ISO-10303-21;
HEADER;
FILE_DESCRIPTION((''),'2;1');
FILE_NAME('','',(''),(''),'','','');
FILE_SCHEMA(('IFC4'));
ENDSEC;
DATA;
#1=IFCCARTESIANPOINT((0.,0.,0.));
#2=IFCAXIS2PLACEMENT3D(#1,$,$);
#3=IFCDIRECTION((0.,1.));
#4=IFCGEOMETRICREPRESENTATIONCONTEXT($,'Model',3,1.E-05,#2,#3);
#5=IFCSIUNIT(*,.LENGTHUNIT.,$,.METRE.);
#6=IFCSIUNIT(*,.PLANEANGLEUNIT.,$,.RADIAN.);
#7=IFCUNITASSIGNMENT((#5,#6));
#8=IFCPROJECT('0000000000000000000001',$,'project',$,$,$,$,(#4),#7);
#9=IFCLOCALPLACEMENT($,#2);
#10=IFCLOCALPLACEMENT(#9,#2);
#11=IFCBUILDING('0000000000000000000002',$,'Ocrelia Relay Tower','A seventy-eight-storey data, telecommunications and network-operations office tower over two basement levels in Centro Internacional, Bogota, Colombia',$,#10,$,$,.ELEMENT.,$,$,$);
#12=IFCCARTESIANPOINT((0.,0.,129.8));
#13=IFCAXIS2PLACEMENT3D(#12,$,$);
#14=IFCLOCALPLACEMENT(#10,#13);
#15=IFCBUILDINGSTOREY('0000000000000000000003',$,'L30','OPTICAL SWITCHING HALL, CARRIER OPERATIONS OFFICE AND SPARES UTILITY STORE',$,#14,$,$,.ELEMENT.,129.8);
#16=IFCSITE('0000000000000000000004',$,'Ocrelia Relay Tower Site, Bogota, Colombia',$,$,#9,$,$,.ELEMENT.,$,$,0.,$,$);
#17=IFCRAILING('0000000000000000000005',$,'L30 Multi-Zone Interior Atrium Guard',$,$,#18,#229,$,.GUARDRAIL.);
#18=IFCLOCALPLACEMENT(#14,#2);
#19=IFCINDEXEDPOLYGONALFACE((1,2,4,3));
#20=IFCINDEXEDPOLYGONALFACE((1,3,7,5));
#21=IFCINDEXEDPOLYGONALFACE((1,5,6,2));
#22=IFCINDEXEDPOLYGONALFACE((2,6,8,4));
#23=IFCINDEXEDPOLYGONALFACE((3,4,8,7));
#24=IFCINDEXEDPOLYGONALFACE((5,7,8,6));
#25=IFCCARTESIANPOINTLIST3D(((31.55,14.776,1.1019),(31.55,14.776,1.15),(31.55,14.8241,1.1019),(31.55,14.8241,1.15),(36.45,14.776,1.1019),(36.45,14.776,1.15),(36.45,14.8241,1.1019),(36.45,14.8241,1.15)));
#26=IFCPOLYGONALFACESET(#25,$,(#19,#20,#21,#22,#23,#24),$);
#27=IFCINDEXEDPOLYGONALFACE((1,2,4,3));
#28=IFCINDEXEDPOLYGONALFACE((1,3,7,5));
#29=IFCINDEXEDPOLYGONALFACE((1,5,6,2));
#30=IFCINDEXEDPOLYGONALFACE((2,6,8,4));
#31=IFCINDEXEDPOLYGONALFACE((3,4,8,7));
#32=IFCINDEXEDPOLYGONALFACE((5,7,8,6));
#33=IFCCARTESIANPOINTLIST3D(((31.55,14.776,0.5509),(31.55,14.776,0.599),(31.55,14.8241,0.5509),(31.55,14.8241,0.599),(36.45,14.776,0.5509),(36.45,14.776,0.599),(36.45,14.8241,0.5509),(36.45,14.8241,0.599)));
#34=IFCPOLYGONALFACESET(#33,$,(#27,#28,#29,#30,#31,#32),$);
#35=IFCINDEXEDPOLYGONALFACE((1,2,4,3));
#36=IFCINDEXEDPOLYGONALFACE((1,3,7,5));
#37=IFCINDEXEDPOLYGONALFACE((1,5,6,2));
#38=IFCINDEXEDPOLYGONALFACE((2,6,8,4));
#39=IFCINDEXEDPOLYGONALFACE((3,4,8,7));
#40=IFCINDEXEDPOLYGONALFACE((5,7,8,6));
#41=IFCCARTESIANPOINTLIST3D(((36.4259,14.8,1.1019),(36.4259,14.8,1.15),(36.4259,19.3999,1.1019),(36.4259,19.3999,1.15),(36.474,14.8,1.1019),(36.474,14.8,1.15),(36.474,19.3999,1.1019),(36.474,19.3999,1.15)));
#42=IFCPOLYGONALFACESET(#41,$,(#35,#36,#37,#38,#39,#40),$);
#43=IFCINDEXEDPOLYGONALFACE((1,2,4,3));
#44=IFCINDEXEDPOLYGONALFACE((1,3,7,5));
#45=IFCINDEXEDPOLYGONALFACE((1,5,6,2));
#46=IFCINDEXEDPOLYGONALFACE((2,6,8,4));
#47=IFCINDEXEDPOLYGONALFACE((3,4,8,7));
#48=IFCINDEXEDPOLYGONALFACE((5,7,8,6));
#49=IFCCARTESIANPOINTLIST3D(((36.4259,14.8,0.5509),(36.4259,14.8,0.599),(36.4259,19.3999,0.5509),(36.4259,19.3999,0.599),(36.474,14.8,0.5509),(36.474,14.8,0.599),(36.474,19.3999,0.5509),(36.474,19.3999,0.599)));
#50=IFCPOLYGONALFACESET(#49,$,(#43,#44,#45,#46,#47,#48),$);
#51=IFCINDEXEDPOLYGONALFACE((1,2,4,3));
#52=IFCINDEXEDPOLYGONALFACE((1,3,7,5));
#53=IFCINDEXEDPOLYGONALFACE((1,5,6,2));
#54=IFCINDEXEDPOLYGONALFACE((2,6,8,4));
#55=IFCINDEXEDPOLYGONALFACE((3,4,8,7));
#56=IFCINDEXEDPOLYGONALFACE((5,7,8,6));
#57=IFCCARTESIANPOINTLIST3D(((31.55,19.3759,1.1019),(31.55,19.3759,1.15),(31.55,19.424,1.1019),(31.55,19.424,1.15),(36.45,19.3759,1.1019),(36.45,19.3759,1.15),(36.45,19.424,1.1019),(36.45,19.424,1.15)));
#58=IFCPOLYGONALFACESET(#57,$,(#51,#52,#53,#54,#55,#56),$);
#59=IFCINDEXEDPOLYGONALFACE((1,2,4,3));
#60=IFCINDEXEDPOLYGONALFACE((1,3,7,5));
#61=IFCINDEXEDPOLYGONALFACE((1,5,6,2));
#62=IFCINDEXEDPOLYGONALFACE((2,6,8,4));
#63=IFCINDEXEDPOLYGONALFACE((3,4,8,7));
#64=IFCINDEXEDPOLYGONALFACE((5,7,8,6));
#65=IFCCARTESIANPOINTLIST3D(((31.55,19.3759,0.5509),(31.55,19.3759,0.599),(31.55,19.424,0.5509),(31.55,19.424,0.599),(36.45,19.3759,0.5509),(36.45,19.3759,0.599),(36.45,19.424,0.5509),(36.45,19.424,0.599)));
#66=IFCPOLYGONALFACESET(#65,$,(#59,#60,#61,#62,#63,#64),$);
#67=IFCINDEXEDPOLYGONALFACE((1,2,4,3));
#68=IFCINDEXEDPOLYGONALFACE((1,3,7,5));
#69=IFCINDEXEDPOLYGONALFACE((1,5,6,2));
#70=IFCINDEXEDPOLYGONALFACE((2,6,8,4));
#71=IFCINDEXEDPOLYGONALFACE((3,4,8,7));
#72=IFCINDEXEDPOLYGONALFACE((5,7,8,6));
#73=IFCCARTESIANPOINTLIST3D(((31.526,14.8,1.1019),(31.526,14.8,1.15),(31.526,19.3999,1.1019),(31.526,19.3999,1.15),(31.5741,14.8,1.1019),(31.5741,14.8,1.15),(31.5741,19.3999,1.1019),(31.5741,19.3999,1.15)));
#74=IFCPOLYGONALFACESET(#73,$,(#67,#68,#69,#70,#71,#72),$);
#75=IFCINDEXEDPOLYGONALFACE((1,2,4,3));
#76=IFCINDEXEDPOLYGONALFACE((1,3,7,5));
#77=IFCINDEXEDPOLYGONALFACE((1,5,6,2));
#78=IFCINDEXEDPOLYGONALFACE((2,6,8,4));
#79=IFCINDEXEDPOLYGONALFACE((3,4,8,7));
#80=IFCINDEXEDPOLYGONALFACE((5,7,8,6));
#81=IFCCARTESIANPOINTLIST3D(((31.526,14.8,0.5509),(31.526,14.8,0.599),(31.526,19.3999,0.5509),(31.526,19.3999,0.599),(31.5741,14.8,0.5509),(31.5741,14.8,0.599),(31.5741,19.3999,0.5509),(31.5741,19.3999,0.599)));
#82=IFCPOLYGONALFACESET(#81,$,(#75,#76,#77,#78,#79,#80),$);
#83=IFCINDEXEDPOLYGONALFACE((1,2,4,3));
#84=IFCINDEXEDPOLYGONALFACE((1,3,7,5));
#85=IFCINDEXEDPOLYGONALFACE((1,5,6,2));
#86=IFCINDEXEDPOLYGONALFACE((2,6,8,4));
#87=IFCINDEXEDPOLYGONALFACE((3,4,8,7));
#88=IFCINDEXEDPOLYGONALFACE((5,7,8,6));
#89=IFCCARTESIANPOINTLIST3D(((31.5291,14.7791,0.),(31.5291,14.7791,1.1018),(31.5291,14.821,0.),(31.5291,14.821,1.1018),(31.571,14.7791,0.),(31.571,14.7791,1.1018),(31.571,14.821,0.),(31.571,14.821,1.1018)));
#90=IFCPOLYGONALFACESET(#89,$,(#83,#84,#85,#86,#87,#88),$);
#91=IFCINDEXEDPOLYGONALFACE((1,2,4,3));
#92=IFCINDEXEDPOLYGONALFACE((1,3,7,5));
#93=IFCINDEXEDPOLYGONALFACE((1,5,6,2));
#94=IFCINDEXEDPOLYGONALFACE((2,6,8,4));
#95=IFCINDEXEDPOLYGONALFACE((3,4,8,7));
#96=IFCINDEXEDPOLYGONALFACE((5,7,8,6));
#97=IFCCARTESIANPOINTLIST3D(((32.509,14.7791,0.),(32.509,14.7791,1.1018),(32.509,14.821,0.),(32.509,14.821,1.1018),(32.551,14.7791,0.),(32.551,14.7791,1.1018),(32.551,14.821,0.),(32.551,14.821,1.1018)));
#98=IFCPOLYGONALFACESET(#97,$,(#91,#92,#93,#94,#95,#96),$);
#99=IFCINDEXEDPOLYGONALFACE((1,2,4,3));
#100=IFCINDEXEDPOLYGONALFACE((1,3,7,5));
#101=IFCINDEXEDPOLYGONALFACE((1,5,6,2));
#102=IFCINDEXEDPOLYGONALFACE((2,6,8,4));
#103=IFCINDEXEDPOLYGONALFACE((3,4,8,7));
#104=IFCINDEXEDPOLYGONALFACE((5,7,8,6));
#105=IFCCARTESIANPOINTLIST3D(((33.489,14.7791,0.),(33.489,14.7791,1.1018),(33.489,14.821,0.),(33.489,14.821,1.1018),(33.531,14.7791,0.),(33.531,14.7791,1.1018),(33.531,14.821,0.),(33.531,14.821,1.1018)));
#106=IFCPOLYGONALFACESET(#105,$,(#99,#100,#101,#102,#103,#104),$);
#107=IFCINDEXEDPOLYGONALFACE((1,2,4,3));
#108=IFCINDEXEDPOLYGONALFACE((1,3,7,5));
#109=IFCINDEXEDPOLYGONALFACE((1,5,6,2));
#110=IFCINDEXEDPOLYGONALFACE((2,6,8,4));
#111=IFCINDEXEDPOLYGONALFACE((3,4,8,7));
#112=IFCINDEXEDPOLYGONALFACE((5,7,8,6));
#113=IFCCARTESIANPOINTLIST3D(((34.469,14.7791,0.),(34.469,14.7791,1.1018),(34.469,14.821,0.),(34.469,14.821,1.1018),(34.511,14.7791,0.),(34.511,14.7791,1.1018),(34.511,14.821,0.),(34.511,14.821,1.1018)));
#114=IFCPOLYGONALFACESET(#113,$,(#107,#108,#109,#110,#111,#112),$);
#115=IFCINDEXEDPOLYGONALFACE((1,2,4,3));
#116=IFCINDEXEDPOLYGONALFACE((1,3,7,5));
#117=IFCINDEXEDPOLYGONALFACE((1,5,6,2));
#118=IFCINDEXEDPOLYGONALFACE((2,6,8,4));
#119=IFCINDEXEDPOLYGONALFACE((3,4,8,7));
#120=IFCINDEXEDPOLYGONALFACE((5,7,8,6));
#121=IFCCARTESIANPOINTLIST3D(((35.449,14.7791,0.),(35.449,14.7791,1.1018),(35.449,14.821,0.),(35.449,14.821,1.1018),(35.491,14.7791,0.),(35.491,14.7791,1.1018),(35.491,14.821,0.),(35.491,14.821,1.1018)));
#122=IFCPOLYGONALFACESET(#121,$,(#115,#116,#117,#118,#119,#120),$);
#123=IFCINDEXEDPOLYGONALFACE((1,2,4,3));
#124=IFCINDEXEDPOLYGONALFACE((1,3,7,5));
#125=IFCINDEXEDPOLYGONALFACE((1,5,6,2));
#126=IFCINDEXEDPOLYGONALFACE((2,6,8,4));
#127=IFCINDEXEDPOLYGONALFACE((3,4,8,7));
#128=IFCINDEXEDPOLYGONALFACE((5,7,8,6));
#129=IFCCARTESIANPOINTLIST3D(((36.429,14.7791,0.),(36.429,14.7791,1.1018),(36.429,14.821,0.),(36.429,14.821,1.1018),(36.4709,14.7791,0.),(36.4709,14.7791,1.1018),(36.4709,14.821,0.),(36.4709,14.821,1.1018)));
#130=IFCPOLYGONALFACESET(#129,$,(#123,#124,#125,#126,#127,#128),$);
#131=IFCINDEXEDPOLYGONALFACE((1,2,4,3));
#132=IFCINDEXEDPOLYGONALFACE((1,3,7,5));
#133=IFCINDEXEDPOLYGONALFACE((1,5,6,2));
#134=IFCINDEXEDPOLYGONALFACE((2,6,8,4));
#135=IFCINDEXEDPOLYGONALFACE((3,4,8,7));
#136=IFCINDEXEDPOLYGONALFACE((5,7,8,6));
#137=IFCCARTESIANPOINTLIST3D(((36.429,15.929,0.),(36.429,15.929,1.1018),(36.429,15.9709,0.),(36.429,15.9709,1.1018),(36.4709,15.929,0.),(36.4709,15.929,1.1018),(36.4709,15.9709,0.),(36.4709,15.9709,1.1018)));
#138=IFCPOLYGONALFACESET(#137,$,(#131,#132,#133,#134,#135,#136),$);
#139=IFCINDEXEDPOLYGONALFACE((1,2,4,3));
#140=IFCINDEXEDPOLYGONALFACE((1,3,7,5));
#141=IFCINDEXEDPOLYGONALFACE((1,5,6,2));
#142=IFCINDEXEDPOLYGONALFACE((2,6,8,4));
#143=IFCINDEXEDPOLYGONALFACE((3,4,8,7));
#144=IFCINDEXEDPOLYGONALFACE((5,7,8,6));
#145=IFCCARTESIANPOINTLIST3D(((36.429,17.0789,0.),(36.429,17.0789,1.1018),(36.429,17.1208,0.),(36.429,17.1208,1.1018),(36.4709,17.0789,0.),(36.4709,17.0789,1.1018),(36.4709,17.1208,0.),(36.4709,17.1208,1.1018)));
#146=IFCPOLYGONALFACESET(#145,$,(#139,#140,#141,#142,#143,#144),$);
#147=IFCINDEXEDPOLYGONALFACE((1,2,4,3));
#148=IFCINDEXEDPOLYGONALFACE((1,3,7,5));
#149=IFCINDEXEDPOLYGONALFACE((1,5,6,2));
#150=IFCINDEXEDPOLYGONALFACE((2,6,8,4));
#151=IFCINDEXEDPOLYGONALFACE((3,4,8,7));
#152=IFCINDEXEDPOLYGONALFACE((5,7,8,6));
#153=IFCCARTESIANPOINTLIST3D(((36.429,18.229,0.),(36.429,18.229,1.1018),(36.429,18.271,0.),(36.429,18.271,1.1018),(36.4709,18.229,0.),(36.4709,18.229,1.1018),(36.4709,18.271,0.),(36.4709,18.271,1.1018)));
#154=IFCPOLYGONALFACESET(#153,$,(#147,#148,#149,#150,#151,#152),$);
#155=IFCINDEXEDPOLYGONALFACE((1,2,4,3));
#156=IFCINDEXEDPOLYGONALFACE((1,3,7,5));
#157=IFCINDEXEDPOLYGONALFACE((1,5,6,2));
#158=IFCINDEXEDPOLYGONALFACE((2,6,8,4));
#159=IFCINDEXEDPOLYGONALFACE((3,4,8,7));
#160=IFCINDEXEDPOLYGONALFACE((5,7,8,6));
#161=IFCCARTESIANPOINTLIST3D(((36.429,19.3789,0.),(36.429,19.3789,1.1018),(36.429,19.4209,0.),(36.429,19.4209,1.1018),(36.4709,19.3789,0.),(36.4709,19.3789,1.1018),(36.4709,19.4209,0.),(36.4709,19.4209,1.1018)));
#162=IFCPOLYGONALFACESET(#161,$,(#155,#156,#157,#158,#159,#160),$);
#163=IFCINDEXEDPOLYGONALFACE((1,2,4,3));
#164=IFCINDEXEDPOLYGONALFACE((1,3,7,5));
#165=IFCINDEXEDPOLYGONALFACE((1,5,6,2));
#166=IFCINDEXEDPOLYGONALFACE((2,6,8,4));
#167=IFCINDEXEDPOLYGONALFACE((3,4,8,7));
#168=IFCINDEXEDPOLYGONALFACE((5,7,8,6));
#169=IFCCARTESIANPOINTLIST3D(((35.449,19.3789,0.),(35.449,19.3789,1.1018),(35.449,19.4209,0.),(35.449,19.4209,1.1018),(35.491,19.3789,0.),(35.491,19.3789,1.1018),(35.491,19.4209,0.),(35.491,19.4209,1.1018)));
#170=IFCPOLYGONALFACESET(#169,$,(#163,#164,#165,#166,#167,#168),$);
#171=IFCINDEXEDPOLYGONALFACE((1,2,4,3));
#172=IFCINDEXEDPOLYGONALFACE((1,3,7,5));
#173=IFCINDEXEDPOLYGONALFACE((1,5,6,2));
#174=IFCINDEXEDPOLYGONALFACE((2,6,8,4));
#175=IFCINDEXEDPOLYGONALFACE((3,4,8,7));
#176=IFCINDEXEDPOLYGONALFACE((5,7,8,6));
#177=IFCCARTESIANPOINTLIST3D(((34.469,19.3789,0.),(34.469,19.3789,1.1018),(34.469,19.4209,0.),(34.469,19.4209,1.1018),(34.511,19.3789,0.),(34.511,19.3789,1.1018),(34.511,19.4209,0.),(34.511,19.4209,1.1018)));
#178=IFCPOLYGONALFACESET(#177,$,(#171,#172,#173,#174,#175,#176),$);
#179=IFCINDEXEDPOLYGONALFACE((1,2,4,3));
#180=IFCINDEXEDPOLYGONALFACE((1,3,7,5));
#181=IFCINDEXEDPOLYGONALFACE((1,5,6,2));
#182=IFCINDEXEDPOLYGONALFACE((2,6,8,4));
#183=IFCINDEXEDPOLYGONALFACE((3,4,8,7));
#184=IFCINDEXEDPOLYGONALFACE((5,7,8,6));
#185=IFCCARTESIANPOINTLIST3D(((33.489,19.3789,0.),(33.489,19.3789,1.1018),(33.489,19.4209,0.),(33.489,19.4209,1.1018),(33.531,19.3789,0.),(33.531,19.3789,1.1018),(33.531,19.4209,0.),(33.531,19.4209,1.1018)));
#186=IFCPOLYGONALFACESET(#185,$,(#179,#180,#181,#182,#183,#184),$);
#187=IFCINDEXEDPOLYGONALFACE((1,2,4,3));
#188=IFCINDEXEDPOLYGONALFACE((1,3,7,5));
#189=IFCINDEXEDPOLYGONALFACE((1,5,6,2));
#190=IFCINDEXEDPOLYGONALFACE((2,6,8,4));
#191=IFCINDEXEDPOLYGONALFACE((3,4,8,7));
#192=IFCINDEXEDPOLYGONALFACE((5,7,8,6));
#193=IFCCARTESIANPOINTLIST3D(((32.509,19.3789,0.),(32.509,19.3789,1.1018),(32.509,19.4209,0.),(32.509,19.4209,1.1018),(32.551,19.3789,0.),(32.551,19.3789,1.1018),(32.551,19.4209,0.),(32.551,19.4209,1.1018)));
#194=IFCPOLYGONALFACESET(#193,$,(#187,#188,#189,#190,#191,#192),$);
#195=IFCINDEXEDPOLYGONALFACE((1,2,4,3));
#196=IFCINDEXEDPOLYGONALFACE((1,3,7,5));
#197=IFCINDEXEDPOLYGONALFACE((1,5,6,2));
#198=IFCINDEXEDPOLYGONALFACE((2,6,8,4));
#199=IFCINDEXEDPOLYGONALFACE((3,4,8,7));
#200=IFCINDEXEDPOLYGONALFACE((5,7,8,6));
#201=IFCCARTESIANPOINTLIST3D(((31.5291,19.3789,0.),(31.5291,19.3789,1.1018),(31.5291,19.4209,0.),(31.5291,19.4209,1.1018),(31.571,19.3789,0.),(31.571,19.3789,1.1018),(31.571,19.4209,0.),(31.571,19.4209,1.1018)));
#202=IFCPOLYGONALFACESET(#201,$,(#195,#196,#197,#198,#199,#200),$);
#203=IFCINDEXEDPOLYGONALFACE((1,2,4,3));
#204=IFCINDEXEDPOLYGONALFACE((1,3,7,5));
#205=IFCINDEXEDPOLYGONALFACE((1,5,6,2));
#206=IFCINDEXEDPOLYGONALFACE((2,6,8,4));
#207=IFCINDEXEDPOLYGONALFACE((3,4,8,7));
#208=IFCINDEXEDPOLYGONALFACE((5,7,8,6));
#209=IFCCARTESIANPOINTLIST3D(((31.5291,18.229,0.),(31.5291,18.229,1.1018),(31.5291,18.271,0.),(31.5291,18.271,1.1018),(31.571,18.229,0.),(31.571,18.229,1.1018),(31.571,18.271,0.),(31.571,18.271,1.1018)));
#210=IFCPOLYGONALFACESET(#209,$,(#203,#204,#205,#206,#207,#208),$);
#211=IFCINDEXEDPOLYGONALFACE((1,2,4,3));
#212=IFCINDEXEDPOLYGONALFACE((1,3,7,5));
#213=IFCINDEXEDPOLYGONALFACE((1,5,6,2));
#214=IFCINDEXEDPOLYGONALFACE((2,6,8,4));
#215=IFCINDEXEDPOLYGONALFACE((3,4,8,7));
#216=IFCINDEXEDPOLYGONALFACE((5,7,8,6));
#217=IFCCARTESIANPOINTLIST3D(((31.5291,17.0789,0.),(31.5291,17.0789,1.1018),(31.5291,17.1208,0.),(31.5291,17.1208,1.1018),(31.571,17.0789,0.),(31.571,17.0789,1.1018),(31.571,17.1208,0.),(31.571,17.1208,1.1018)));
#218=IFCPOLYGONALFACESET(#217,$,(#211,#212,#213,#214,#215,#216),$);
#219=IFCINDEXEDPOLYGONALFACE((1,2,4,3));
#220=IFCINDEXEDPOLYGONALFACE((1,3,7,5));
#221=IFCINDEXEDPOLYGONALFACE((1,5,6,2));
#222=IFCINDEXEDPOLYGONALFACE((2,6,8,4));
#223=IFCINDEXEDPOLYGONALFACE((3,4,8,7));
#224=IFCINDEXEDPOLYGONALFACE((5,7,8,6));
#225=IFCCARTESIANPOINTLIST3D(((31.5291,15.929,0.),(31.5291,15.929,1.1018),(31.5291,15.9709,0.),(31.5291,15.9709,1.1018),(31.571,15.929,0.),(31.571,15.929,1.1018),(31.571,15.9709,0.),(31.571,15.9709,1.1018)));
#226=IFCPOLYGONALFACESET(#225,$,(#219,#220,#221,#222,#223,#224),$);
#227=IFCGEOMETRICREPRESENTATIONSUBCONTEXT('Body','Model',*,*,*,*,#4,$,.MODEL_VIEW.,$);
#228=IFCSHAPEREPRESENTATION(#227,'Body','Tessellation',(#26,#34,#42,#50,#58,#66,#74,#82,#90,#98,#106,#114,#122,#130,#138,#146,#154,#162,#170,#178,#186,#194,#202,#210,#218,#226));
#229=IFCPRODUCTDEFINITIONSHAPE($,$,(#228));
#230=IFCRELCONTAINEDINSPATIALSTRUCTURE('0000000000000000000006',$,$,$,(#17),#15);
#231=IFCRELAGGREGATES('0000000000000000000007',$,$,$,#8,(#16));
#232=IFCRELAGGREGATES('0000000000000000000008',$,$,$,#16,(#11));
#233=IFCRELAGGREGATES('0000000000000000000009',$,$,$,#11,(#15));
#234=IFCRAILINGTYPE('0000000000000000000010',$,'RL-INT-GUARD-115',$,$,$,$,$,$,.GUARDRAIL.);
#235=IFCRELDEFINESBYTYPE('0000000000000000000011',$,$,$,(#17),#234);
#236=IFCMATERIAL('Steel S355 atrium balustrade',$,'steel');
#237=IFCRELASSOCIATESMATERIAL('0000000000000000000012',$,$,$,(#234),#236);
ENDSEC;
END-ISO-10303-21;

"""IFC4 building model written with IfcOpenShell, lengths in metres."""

from ifc_helpers import new_model, si_unit, direction, frame, origin, origin_2d, place, context, subcontext, project, spatial, rectangle, extrude, material, type_object, element, save


model = new_model("IFC4")

# Units and contexts
model_context = context("Model", 3, precision=1e-05, world=origin(), true_north=direction((0.0, 1.0)))
body_context = subcontext(model_context, "Body", "Model", "MODEL_VIEW")
ifc_project = project(units=[si_unit("LENGTHUNIT", "METRE"), si_unit("PLANEANGLEUNIT", "RADIAN")], contexts=[model_context])

# Site, building, storey
site_placement = place(None, origin())
site = spatial("IfcSite", under=ifc_project, at=site_placement, Name="Ocrelia Relay Tower Site, Bogota, Colombia", CompositionType="ELEMENT", RefElevation=0.0)
building_placement = place(site_placement, origin())
building = spatial("IfcBuilding", under=site, at=building_placement, Name="Ocrelia Relay Tower", Description="A seventy-eight-storey data, telecommunications and network-operations office tower over two basement levels in Centro Internacional, Bogota, Colombia", CompositionType="ELEMENT")
storey_placement = place(building_placement, frame((0.0, 0.0, 129.8)))
storey = spatial("IfcBuildingStorey", under=building, at=storey_placement, Name="L30", Description="OPTICAL SWITCHING HALL, CARRIER OPERATIONS OFFICE AND SPARES UTILITY STORE", CompositionType="ELEMENT", Elevation=129.8)

# Railing
ifc_material_1 = material(Name="Steel S355 atrium balustrade", Category="steel")
railing_type_1 = type_object("IfcRailingType", Name="RL-INT-GUARD-115", PredefinedType="GUARDRAIL", material=ifc_material_1)
railing_1_placement = place(storey_placement, frame((31.55, 14.8, 0.0)))
element("IfcRailing", 1, at=railing_1_placement, inside=storey, type_object=railing_type_1, Name="L30 Multi-Zone Interior Atrium Guard", PredefinedType="GUARDRAIL", context=body_context, shape_type="SweptSolid", body=[
    extrude(rectangle(XDim=0.0481, YDim=0.0481, at=origin_2d()), frame((0.0, 0.0, 1.126), z_axis=(1.0, 0.0, 0.0), x_axis=(0.0, 1.0, 0.0)), (0.0, 0.0, 1.0), 4.8999),
    extrude(rectangle(XDim=0.0481, YDim=0.0481, at=origin_2d()), frame((0.0, 0.0, 0.575), z_axis=(1.0, 0.0, 0.0), x_axis=(0.0, 1.0, 0.0)), (0.0, 0.0, 1.0), 4.8999),
    extrude(rectangle(XDim=0.0481, YDim=0.0481, at=origin_2d()), frame((4.8999, 0.0, 1.126), z_axis=(0.0, 1.0, 0.0), x_axis=(-1.0, 0.0, 0.0)), (0.0, 0.0, 1.0), 4.5999),
    extrude(rectangle(XDim=0.0481, YDim=0.0481, at=origin_2d()), frame((4.8999, 0.0, 0.575), z_axis=(0.0, 1.0, 0.0), x_axis=(-1.0, 0.0, 0.0)), (0.0, 0.0, 1.0), 4.5999),
    extrude(rectangle(XDim=0.0481, YDim=0.0481, at=origin_2d()), frame((4.8999, 4.5999, 1.126), z_axis=(-1.0, 0.0, 0.0), x_axis=(0.0, -1.0, 0.0)), (0.0, 0.0, 1.0), 4.8999),
    extrude(rectangle(XDim=0.0481, YDim=0.0481, at=origin_2d()), frame((4.8999, 4.5999, 0.575), z_axis=(-1.0, 0.0, 0.0), x_axis=(0.0, -1.0, 0.0)), (0.0, 0.0, 1.0), 4.8999),
    extrude(rectangle(XDim=0.0481, YDim=0.0481, at=origin_2d()), frame((0.0, 4.5999, 1.126), z_axis=(0.0, -1.0, 0.0), x_axis=(1.0, 0.0, 0.0)), (0.0, 0.0, 1.0), 4.5999),
    extrude(rectangle(XDim=0.0481, YDim=0.0481, at=origin_2d()), frame((0.0, 4.5999, 0.575), z_axis=(0.0, -1.0, 0.0), x_axis=(1.0, 0.0, 0.0)), (0.0, 0.0, 1.0), 4.5999),
    extrude(rectangle(XDim=0.042, YDim=0.042, at=origin_2d()), origin(), (0.0, 0.0, 1.0), 1.1018),
    extrude(rectangle(XDim=0.042, YDim=0.042, at=origin_2d()), frame((0.98, 0.0, 0.0)), (0.0, 0.0, 1.0), 1.1018),
    extrude(rectangle(XDim=0.042, YDim=0.042, at=origin_2d()), frame((1.96, 0.0, 0.0)), (0.0, 0.0, 1.0), 1.1018),
    extrude(rectangle(XDim=0.042, YDim=0.042, at=origin_2d()), frame((2.9399, 0.0, 0.0)), (0.0, 0.0, 1.0), 1.1018),
    extrude(rectangle(XDim=0.042, YDim=0.042, at=origin_2d()), frame((3.9199, 0.0, 0.0)), (0.0, 0.0, 1.0), 1.1018),
    extrude(rectangle(XDim=0.042, YDim=0.042, at=origin_2d()), frame((4.8999, 0.0, 0.0)), (0.0, 0.0, 1.0), 1.1018),
    extrude(rectangle(XDim=0.042, YDim=0.042, at=origin_2d()), frame((4.8999, 1.1499, 0.0)), (0.0, 0.0, 1.0), 1.1018),
    extrude(rectangle(XDim=0.042, YDim=0.042, at=origin_2d()), frame((4.8999, 2.2998, 0.0)), (0.0, 0.0, 1.0), 1.1018),
    extrude(rectangle(XDim=0.042, YDim=0.042, at=origin_2d()), frame((4.8999, 3.45, 0.0)), (0.0, 0.0, 1.0), 1.1018),
    extrude(rectangle(XDim=0.042, YDim=0.042, at=origin_2d()), frame((4.8999, 4.5999, 0.0)), (0.0, 0.0, 1.0), 1.1018),
    extrude(rectangle(XDim=0.042, YDim=0.042, at=origin_2d()), frame((3.9199, 4.5999, 0.0)), (0.0, 0.0, 1.0), 1.1018),
    extrude(rectangle(XDim=0.042, YDim=0.042, at=origin_2d()), frame((2.9399, 4.5999, 0.0)), (0.0, 0.0, 1.0), 1.1018),
    extrude(rectangle(XDim=0.042, YDim=0.042, at=origin_2d()), frame((1.96, 4.5999, 0.0)), (0.0, 0.0, 1.0), 1.1018),
    extrude(rectangle(XDim=0.042, YDim=0.042, at=origin_2d()), frame((0.98, 4.5999, 0.0)), (0.0, 0.0, 1.0), 1.1018),
    extrude(rectangle(XDim=0.042, YDim=0.042, at=origin_2d()), frame((0.0, 4.5999, 0.0)), (0.0, 0.0, 1.0), 1.1018),
    extrude(rectangle(XDim=0.042, YDim=0.042, at=origin_2d()), frame((0.0, 3.45, 0.0)), (0.0, 0.0, 1.0), 1.1018),
    extrude(rectangle(XDim=0.042, YDim=0.042, at=origin_2d()), frame((0.0, 2.2998, 0.0)), (0.0, 0.0, 1.0), 1.1018),
    extrude(rectangle(XDim=0.042, YDim=0.042, at=origin_2d()), frame((0.0, 1.1499, 0.0)), (0.0, 0.0, 1.0), 1.1018),
])

save(model, "model.ifc")
